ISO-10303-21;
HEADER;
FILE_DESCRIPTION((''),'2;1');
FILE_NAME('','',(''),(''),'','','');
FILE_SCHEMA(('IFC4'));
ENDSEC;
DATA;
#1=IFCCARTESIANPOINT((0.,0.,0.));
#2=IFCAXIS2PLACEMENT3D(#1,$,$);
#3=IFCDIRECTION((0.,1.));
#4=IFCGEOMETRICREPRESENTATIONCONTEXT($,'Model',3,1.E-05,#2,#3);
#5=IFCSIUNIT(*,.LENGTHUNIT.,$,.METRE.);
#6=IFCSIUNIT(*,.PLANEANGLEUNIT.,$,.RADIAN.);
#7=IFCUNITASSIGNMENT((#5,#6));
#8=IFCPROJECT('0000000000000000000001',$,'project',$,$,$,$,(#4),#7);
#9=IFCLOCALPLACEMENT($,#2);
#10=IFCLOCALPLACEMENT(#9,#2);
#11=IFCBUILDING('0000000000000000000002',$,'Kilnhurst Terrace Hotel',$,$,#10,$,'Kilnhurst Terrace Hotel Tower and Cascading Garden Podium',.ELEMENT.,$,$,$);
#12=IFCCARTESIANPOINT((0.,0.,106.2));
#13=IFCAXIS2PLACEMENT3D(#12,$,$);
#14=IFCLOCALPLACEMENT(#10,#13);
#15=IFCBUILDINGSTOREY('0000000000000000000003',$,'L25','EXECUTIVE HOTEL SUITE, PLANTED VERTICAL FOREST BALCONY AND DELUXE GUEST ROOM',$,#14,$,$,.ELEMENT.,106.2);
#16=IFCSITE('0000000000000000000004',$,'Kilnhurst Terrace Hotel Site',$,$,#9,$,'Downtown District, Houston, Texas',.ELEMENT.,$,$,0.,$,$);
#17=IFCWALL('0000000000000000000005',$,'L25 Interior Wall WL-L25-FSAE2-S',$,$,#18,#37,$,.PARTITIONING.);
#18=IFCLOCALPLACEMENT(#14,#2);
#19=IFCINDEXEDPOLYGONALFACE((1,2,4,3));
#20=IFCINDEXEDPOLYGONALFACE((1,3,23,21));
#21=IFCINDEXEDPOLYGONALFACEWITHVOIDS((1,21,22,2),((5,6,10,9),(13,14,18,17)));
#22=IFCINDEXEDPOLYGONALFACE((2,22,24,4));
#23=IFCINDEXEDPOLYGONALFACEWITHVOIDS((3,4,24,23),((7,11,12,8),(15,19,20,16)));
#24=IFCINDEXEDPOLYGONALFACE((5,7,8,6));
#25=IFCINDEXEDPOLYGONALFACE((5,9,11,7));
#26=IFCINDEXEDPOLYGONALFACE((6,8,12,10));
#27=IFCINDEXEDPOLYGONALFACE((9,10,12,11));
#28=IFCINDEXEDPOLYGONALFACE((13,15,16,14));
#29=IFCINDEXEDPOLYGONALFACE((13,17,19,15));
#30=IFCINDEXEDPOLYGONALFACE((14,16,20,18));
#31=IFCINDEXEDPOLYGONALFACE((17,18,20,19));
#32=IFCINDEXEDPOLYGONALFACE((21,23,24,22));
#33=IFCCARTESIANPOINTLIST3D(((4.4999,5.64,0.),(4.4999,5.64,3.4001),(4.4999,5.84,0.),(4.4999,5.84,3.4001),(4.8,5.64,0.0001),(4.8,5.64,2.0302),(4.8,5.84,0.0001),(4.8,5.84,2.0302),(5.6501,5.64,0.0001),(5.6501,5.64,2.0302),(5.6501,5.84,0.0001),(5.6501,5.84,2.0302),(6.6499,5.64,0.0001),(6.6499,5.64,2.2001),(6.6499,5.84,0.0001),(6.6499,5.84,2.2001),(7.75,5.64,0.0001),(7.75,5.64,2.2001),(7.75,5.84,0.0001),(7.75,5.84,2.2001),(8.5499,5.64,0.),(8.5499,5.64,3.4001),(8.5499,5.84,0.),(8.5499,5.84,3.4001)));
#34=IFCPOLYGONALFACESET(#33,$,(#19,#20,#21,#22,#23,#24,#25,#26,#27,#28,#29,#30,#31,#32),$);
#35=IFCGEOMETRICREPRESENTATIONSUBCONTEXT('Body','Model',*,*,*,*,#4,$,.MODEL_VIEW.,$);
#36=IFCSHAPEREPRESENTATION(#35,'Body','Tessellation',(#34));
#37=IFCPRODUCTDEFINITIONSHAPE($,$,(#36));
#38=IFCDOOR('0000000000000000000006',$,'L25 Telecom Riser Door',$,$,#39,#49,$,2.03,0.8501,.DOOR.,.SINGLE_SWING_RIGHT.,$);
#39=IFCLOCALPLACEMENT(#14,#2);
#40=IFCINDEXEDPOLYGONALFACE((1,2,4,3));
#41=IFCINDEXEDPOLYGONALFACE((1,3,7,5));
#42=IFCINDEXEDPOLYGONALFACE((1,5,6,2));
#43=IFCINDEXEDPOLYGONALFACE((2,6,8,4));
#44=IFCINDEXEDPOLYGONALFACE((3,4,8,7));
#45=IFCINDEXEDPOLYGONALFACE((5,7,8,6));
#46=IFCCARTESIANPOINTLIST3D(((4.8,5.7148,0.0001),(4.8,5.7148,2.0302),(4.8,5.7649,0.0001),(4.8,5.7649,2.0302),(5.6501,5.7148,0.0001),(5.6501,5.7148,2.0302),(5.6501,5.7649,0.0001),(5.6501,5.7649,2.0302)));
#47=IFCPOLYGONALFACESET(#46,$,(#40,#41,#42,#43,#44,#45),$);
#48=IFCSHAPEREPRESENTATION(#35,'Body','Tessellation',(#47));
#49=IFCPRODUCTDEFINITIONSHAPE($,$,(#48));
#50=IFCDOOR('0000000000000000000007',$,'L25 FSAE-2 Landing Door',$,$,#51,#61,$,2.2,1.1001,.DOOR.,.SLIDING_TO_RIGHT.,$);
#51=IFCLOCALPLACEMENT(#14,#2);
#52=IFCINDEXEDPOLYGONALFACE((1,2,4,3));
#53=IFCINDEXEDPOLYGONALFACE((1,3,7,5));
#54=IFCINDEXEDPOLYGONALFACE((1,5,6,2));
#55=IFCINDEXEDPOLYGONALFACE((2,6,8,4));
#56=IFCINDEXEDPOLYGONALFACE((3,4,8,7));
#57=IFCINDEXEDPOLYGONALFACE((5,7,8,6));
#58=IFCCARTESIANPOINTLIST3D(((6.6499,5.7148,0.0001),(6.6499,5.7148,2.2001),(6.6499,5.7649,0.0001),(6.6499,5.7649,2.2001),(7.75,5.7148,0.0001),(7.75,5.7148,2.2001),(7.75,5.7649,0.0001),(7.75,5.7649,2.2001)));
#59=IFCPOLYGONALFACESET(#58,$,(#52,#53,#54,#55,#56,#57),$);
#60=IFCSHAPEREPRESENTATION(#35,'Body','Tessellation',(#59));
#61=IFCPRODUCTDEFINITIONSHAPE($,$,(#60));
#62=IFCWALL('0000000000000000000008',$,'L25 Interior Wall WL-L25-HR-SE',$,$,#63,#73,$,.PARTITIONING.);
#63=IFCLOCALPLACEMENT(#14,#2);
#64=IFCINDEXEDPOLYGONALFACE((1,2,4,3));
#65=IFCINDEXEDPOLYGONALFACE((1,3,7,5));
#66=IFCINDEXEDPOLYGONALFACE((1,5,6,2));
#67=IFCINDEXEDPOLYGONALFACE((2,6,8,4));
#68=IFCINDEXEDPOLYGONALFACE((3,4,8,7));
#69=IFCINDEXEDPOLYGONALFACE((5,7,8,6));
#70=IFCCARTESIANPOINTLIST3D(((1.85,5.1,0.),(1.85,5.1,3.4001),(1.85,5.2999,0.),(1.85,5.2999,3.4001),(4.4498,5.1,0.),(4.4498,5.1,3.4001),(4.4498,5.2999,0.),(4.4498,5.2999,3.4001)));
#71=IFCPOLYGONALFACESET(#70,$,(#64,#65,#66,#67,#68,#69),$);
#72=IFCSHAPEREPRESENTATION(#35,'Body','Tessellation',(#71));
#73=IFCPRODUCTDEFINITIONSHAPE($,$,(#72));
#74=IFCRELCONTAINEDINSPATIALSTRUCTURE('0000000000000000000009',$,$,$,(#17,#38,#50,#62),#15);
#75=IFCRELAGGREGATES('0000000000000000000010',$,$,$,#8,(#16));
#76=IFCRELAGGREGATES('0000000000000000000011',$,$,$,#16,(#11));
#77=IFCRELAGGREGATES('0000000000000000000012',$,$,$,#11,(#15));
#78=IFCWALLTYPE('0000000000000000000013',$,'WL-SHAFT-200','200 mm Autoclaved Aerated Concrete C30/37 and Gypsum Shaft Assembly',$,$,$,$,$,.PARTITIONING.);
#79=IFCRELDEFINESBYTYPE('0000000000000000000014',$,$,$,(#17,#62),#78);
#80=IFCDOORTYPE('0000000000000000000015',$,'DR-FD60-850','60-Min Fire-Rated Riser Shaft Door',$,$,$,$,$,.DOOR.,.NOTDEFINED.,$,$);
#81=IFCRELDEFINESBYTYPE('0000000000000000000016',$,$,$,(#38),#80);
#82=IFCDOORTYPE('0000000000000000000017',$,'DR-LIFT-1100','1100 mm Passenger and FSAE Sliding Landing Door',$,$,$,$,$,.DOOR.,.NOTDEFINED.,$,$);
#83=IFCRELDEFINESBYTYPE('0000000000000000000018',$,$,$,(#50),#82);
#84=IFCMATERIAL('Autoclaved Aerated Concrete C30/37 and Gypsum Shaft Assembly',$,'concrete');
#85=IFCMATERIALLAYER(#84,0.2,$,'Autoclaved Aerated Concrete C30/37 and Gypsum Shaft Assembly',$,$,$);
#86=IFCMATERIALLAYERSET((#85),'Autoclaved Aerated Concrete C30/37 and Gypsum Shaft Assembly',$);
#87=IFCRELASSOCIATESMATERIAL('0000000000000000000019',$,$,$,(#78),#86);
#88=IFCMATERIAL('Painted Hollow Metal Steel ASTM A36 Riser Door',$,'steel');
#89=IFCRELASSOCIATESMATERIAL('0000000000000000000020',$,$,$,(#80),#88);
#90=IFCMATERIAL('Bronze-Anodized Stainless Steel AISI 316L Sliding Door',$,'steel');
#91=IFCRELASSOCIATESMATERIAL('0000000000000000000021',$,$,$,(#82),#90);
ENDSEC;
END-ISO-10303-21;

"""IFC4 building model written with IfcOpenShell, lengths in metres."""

from ifc_helpers import new_model, si_unit, direction, frame, frame_2d, origin, place, context, subcontext, project, spatial, rectangle, extrude, material, layer, layer_set, type_object, element, fill, save


model = new_model("IFC4")

# Units and contexts
model_context = context("Model", 3, precision=1e-05, world=origin(), true_north=direction((0.0, 1.0)))
body_context = subcontext(model_context, "Body", "Model", "MODEL_VIEW")
ifc_project = project(units=[si_unit("LENGTHUNIT", "METRE"), si_unit("PLANEANGLEUNIT", "RADIAN")], contexts=[model_context])

# Site, building, storey
site_placement = place(None, origin())
site = spatial("IfcSite", under=ifc_project, at=site_placement, Name="Kilnhurst Terrace Hotel Site", LongName="Downtown District, Houston, Texas", CompositionType="ELEMENT", RefElevation=0.0)
building_placement = place(site_placement, origin())
building = spatial("IfcBuilding", under=site, at=building_placement, Name="Kilnhurst Terrace Hotel", LongName="Kilnhurst Terrace Hotel Tower and Cascading Garden Podium", CompositionType="ELEMENT")
storey_placement = place(building_placement, frame((0.0, 0.0, 106.2)))
storey = spatial("IfcBuildingStorey", under=building, at=storey_placement, Name="L25", Description="EXECUTIVE HOTEL SUITE, PLANTED VERTICAL FOREST BALCONY AND DELUXE GUEST ROOM", CompositionType="ELEMENT", Elevation=106.2)

# Wall, openings, doors
ifc_material_1 = material(Name="Autoclaved Aerated Concrete C30/37 and Gypsum Shaft Assembly", Category="concrete")
ifc_layer_1 = layer(ifc_material_1, 0.2, Name="Autoclaved Aerated Concrete C30/37 and Gypsum Shaft Assembly")
ifc_layer_set_1 = layer_set([ifc_layer_1], Name="Autoclaved Aerated Concrete C30/37 and Gypsum Shaft Assembly")
wall_type_1 = type_object("IfcWallType", Name="WL-SHAFT-200", Description="200 mm Autoclaved Aerated Concrete C30/37 and Gypsum Shaft Assembly", PredefinedType="PARTITIONING", material=ifc_layer_set_1)
wall_1_placement = place(storey_placement, frame((4.5, 5.74, 0.0), z_axis=(0.0, 0.0, 1.0), x_axis=(1.0, 0.0, 0.0)))
wall_1 = element("IfcWall", 1, at=wall_1_placement, inside=storey, type_object=wall_type_1, Name="L25 Interior Wall WL-L25-FSAE2-S", PredefinedType="PARTITIONING", context=body_context, shape_type="SweptSolid", body=[
    extrude(rectangle(XDim=4.05, YDim=0.2, at=frame_2d((2.0249, 0.0))), origin(), (0.0, 0.0, 1.0), 3.4001),
])
opening_1_placement = place(wall_1_placement, frame((0.3, 0.0, 0.0)))
opening_1 = element("IfcOpeningElement", 2, at=opening_1_placement, cuts=wall_1, PredefinedType="OPENING", context=body_context, shape_type="SweptSolid", body=[
    extrude(rectangle(XDim=0.8501, YDim=2.03, at=frame_2d((0.425, 1.0151))), frame((0.0, 0.1099, 0.0), z_axis=(0.0, -1.0, 0.0), x_axis=(1.0, 0.0, 0.0)), (0.0, 0.0, 1.0), 0.22),
])
opening_2_placement = place(wall_1_placement, frame((2.1499, 0.0, 0.0)))
opening_2 = element("IfcOpeningElement", 3, at=opening_2_placement, cuts=wall_1, PredefinedType="OPENING", context=body_context, shape_type="SweptSolid", body=[
    extrude(rectangle(XDim=1.1001, YDim=2.2, at=frame_2d((0.55, 1.1001))), frame((0.0, 0.1099, 0.0), z_axis=(0.0, -1.0, 0.0), x_axis=(1.0, 0.0, 0.0)), (0.0, 0.0, 1.0), 0.22),
])
ifc_material_2 = material(Name="Painted Hollow Metal Steel ASTM A36 Riser Door", Category="steel")
door_type_1 = type_object("IfcDoorType", Name="DR-FD60-850", Description="60-Min Fire-Rated Riser Shaft Door", OperationType="NOTDEFINED", PredefinedType="DOOR", material=ifc_material_2)
door_1_placement = place(opening_1_placement, origin())
door_1 = element("IfcDoor", 4, at=door_1_placement, inside=storey, type_object=door_type_1, Name="L25 Telecom Riser Door", OperationType="SINGLE_SWING_RIGHT", OverallHeight=2.03, OverallWidth=0.8501, PredefinedType="DOOR", context=body_context, shape_type="SweptSolid", body=[
    extrude(rectangle(XDim=0.8501, YDim=2.03, at=frame_2d((0.425, 1.0151))), frame((0.0, 0.0249, 0.0), z_axis=(0.0, -1.0, 0.0), x_axis=(1.0, 0.0, 0.0)), (0.0, 0.0, 1.0), 0.05),
])
fill(opening_1, door_1)
ifc_material_3 = material(Name="Bronze-Anodized Stainless Steel AISI 316L Sliding Door", Category="steel")
door_type_2 = type_object("IfcDoorType", Name="DR-LIFT-1100", Description="1100 mm Passenger and FSAE Sliding Landing Door", OperationType="NOTDEFINED", PredefinedType="DOOR", material=ifc_material_3)
door_2_placement = place(opening_2_placement, origin())
door_2 = element("IfcDoor", 5, at=door_2_placement, inside=storey, type_object=door_type_2, Name="L25 FSAE-2 Landing Door", OperationType="SLIDING_TO_RIGHT", OverallHeight=2.2, OverallWidth=1.1001, PredefinedType="DOOR", context=body_context, shape_type="SweptSolid", body=[
    extrude(rectangle(XDim=1.1001, YDim=2.2, at=frame_2d((0.55, 1.1001))), frame((0.0, 0.0249, 0.0), z_axis=(0.0, -1.0, 0.0), x_axis=(1.0, 0.0, 0.0)), (0.0, 0.0, 1.0), 0.05),
])
fill(opening_2, door_2)

# Wall
wall_2_placement = place(storey_placement, frame((1.8501, 5.2, 0.0), z_axis=(0.0, 0.0, 1.0), x_axis=(1.0, 0.0, 0.0)))
element("IfcWall", 6, at=wall_2_placement, inside=storey, type_object=wall_type_1, Name="L25 Interior Wall WL-L25-HR-SE", PredefinedType="PARTITIONING", context=body_context, shape_type="SweptSolid", body=[
    extrude(rectangle(XDim=2.5999, YDim=0.2, at=frame_2d((1.2998, 0.0))), origin(), (0.0, 0.0, 1.0), 3.4001),
])

save(model, "model.ifc")
